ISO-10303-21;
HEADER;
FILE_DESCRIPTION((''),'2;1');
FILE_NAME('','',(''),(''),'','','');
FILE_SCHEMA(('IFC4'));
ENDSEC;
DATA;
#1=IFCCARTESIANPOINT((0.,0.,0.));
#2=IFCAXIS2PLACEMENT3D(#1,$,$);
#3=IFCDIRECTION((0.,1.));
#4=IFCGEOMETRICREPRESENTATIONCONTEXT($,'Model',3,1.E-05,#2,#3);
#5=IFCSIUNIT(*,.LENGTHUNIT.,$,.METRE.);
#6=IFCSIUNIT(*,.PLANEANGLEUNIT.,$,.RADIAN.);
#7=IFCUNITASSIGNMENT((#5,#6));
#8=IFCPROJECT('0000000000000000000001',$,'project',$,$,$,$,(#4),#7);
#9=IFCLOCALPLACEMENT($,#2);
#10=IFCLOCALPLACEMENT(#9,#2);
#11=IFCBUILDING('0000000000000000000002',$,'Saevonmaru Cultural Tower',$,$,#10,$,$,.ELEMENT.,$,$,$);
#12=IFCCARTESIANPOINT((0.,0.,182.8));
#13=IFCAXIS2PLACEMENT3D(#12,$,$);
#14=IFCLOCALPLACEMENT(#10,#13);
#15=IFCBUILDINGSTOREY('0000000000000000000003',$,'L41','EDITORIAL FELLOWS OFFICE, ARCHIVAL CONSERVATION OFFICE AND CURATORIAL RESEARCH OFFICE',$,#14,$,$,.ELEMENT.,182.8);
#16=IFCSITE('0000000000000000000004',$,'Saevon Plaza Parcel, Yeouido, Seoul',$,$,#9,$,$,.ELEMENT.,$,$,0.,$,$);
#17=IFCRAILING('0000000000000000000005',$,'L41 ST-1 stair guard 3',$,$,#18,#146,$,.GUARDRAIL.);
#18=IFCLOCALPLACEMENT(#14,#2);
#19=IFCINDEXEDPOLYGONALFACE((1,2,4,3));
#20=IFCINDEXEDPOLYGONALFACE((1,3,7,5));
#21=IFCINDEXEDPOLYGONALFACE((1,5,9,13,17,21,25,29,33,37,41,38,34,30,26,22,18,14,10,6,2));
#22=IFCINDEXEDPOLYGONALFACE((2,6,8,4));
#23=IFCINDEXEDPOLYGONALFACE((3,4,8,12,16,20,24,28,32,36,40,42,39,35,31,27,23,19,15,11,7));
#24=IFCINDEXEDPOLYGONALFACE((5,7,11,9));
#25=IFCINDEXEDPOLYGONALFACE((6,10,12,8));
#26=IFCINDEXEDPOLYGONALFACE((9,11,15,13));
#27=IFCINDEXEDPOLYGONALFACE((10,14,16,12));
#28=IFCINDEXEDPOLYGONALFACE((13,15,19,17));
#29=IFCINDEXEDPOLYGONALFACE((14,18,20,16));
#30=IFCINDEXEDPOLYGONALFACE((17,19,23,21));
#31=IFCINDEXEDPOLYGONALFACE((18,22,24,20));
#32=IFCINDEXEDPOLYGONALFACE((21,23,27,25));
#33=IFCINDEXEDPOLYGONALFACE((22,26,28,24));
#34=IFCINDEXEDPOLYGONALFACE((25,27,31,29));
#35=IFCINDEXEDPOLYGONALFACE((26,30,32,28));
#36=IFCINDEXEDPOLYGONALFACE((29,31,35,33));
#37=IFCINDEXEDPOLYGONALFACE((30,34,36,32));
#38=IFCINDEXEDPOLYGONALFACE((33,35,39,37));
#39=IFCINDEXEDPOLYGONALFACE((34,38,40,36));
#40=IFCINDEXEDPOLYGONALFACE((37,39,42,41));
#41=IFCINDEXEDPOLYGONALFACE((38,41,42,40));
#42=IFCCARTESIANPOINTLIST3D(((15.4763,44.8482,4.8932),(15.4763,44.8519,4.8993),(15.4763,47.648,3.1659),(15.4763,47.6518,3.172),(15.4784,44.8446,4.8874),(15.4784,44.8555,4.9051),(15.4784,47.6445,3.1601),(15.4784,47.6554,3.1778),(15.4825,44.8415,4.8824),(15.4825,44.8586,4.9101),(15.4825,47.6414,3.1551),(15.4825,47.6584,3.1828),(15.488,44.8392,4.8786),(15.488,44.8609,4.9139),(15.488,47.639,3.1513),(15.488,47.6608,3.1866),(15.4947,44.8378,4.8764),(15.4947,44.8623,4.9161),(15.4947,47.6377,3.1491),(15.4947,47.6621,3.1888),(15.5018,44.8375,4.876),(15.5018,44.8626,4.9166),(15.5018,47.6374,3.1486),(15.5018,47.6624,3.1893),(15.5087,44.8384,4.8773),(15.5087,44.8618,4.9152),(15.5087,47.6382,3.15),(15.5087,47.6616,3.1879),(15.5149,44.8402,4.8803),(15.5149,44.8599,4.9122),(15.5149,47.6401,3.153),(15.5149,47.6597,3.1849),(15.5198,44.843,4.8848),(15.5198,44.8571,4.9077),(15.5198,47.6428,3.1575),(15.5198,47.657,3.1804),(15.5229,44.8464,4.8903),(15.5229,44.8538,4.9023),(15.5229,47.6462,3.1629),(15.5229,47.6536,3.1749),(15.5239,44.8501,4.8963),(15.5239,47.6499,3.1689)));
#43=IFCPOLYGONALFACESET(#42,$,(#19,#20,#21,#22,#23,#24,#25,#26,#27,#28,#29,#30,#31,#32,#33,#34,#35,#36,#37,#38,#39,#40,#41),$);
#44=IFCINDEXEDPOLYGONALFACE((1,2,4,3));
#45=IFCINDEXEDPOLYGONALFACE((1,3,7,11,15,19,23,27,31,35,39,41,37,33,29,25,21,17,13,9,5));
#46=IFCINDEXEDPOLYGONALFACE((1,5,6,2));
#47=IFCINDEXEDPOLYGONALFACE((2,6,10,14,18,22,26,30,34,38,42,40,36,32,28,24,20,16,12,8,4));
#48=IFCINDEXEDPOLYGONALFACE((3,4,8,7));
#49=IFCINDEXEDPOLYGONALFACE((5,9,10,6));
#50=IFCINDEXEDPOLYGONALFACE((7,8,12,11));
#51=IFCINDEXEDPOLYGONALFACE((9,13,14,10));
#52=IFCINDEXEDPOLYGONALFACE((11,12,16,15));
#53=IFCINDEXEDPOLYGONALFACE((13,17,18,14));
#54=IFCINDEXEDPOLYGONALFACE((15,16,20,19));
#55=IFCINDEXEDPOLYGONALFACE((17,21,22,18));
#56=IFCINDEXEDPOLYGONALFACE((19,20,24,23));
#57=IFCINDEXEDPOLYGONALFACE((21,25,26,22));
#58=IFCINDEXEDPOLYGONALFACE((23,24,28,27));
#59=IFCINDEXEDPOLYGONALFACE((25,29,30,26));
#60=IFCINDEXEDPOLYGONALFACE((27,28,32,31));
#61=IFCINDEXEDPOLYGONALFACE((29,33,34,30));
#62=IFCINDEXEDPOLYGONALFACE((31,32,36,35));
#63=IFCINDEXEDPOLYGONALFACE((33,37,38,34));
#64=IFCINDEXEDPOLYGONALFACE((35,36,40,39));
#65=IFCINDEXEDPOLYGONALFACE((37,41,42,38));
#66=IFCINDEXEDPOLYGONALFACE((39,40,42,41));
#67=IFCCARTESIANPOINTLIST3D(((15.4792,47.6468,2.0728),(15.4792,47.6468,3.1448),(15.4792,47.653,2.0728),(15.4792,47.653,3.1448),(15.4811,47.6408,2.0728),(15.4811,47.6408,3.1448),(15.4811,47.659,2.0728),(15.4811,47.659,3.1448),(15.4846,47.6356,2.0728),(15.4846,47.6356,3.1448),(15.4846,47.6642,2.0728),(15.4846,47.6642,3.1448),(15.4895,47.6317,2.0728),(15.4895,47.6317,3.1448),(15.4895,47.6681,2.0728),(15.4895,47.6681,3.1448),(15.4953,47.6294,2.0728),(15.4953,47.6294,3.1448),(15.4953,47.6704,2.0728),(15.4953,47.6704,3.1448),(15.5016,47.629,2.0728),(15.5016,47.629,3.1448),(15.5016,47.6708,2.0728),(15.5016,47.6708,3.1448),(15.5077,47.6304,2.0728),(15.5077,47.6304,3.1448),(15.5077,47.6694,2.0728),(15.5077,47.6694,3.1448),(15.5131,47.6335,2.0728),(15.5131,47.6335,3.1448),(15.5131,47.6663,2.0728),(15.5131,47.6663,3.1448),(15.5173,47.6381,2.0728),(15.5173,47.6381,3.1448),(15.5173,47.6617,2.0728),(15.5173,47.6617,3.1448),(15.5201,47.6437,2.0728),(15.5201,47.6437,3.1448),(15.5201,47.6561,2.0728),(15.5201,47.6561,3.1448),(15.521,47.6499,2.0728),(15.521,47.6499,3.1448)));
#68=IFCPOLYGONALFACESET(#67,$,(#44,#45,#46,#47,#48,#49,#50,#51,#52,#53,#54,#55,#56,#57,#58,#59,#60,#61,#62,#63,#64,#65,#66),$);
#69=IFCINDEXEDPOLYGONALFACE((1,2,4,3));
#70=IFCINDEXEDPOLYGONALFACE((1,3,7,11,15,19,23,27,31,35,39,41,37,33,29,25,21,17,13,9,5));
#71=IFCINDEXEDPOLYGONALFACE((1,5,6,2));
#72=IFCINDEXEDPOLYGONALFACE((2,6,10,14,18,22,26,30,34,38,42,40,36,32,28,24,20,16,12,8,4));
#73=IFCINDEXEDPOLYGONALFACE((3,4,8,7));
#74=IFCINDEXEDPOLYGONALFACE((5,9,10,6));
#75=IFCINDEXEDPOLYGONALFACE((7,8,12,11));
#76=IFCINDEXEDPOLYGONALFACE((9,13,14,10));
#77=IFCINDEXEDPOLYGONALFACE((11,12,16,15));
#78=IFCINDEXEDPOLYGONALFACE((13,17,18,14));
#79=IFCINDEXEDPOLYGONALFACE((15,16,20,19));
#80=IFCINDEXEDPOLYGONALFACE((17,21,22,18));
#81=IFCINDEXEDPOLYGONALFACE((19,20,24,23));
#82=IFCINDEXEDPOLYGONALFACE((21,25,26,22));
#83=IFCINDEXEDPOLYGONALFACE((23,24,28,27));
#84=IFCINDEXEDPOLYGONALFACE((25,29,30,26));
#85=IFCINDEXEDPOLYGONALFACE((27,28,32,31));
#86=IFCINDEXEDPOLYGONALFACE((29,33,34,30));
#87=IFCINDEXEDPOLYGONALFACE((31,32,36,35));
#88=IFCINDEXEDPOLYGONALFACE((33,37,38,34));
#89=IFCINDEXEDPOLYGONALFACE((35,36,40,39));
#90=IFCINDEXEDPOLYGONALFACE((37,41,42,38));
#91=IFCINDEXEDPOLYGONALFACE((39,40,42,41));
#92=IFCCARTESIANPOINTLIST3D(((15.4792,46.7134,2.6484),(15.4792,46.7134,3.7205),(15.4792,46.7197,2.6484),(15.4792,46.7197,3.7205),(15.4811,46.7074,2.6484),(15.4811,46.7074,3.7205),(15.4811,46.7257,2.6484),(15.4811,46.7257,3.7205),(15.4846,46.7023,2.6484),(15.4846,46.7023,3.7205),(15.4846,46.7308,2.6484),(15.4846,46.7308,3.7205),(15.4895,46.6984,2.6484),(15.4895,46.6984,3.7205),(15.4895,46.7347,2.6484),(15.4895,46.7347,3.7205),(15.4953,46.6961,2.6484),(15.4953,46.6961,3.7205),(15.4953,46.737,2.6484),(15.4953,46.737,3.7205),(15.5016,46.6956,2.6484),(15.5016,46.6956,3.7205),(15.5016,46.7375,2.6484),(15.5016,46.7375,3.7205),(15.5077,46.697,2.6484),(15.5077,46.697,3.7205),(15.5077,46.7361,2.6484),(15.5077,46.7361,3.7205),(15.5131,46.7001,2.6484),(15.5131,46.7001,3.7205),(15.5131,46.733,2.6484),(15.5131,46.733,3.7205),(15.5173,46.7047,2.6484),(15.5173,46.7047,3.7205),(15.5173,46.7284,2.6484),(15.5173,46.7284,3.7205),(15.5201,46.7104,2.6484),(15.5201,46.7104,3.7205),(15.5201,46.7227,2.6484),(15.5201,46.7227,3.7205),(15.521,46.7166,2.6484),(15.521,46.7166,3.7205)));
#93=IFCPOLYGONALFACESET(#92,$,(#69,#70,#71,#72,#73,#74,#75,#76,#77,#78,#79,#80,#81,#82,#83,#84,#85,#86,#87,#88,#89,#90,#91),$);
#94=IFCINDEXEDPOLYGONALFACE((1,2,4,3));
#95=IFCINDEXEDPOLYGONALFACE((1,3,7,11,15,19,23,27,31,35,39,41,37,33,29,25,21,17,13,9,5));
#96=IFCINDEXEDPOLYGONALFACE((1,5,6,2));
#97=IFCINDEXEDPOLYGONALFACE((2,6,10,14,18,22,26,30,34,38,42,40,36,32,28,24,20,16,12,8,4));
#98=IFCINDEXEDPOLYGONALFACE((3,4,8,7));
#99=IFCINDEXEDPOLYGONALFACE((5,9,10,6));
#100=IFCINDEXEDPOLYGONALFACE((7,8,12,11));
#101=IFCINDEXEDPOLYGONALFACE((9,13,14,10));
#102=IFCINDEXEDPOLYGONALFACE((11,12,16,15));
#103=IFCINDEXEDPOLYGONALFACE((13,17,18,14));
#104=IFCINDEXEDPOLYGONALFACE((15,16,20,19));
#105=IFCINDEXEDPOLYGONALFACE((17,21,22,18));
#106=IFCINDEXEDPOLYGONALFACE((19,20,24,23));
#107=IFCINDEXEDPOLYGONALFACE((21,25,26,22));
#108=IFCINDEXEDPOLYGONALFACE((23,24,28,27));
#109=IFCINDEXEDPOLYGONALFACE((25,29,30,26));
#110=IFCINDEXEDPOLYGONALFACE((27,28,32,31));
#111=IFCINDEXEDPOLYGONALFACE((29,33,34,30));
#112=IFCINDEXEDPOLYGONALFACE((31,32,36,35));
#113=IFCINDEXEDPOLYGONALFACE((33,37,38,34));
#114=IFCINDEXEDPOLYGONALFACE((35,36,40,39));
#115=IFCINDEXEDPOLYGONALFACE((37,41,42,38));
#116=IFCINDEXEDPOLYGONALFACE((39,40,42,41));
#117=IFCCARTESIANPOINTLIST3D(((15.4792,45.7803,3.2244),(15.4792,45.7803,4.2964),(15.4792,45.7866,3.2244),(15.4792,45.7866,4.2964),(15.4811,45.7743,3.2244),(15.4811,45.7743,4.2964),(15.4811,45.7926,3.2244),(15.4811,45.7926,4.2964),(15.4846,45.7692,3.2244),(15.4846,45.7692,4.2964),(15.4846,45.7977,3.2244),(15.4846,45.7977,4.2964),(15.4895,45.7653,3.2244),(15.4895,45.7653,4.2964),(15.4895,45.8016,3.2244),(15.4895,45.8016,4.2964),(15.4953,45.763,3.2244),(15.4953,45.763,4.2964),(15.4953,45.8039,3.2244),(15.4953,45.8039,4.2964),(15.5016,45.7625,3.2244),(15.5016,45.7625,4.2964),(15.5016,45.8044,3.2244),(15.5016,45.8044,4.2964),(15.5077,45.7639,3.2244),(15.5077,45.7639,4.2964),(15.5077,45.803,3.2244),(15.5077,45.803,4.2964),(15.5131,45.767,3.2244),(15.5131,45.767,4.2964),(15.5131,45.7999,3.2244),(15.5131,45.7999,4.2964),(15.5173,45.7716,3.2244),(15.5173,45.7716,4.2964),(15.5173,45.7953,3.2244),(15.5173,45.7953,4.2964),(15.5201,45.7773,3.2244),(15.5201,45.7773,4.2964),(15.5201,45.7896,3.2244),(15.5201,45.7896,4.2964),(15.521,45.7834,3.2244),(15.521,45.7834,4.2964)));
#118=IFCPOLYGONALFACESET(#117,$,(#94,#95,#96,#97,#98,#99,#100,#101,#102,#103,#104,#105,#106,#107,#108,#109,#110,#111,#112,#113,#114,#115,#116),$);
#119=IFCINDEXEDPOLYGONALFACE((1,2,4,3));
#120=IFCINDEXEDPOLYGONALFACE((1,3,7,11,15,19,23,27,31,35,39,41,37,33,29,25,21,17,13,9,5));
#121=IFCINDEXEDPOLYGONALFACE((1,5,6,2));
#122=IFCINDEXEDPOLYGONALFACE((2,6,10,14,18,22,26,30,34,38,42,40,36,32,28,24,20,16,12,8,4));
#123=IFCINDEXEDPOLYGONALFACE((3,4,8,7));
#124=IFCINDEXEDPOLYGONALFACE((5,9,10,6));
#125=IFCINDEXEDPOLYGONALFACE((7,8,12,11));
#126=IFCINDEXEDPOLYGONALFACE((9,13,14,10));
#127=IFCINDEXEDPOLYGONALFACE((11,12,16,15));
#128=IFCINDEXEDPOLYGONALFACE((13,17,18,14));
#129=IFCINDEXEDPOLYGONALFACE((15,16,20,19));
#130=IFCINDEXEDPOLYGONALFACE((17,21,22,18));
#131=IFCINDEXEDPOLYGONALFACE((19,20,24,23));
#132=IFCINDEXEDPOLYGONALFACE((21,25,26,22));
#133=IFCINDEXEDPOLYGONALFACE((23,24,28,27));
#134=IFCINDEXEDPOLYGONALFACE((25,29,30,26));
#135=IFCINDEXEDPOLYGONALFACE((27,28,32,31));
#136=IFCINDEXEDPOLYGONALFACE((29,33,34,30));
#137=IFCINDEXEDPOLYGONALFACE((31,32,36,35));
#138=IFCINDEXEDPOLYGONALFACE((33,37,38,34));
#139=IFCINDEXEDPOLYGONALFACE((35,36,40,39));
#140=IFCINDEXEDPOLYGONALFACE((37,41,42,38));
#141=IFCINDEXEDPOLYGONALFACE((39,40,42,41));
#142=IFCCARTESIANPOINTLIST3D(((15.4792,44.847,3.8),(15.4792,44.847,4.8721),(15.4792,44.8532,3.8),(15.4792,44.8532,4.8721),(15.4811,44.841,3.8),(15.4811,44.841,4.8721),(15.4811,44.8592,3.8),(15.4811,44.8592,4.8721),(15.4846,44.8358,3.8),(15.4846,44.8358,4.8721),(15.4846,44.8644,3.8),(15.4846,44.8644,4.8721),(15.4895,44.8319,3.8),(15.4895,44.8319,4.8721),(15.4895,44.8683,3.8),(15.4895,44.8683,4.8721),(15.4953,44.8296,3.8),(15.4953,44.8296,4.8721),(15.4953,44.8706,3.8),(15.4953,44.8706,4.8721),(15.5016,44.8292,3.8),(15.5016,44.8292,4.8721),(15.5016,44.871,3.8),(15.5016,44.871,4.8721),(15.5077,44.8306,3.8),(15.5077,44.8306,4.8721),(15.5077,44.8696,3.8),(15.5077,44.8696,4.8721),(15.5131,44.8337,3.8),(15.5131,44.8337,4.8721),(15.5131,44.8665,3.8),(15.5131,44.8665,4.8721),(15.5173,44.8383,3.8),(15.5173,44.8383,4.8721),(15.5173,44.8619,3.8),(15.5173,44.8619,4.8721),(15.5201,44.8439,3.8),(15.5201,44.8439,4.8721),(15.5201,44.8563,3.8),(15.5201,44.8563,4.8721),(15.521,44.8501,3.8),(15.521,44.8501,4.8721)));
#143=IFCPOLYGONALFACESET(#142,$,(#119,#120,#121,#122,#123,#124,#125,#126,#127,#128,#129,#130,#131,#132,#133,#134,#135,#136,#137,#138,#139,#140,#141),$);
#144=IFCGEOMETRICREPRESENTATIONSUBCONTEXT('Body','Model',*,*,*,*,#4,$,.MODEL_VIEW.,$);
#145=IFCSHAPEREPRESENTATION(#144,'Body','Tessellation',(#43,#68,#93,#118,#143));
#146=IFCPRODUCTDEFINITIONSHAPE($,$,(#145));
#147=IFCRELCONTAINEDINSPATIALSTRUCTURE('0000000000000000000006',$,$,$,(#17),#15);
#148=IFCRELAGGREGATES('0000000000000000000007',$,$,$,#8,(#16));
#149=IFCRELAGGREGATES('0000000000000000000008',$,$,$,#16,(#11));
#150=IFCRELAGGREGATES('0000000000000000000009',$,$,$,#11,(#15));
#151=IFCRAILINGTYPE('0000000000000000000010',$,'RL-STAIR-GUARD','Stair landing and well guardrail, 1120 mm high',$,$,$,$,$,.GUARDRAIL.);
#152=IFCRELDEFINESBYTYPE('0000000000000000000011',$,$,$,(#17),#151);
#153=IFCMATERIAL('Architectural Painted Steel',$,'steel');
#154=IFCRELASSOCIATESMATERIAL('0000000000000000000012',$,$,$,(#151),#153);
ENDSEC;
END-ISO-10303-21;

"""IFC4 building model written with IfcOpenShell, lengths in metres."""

from ifc_helpers import new_model, si_unit, direction, frame, origin, origin_2d, place, context, subcontext, project, spatial, circle, extrude, material, type_object, element, save


model = new_model("IFC4")

# Units and contexts
model_context = context("Model", 3, precision=1e-05, world=origin(), true_north=direction((0.0, 1.0)))
body_context = subcontext(model_context, "Body", "Model", "MODEL_VIEW")
ifc_project = project(units=[si_unit("LENGTHUNIT", "METRE"), si_unit("PLANEANGLEUNIT", "RADIAN")], contexts=[model_context])

# Site, building, storey
site_placement = place(None, origin())
site = spatial("IfcSite", under=ifc_project, at=site_placement, Name="Saevon Plaza Parcel, Yeouido, Seoul", CompositionType="ELEMENT", RefElevation=0.0)
building_placement = place(site_placement, origin())
building = spatial("IfcBuilding", under=site, at=building_placement, Name="Saevonmaru Cultural Tower", CompositionType="ELEMENT")
storey_placement = place(building_placement, frame((0.0, 0.0, 182.8)))
storey = spatial("IfcBuildingStorey", under=building, at=storey_placement, Name="L41", Description="EDITORIAL FELLOWS OFFICE, ARCHIVAL CONSERVATION OFFICE AND CURATORIAL RESEARCH OFFICE", CompositionType="ELEMENT", Elevation=182.8)

# Railing
ifc_material_1 = material(Name="Architectural Painted Steel", Category="steel")
railing_type_1 = type_object("IfcRailingType", Name="RL-STAIR-GUARD", Description="Stair landing and well guardrail, 1120 mm high", PredefinedType="GUARDRAIL", material=ifc_material_1)
railing_1_placement = place(storey_placement, frame((15.5, 47.6499, 2.0728)))
element("IfcRailing", 1, at=railing_1_placement, inside=storey, type_object=railing_type_1, Name="L41 ST-1 stair guard 3", PredefinedType="GUARDRAIL", context=body_context, shape_type="SweptSolid", body=[
    extrude(circle(Radius=0.0239, at=origin_2d()), frame((0.0, 0.0, 1.0962), z_axis=(0.0, -0.851069, 0.525054), x_axis=(1.0, 0.0, 0.0)), (0.0, 0.0, 1.0), 3.2898),
    extrude(circle(Radius=0.021, at=origin_2d()), origin(), (0.0, 0.0, 1.0), 1.072),
    extrude(circle(Radius=0.021, at=origin_2d()), frame((0.0, -0.9333, 0.5757)), (0.0, 0.0, 1.0), 1.072),
    extrude(circle(Radius=0.021, at=origin_2d()), frame((0.0, -1.8665, 1.1516)), (0.0, 0.0, 1.0), 1.072),
    extrude(circle(Radius=0.021, at=origin_2d()), frame((0.0, -2.7998, 1.7273)), (0.0, 0.0, 1.0), 1.072),
])

save(model, "model.ifc")
